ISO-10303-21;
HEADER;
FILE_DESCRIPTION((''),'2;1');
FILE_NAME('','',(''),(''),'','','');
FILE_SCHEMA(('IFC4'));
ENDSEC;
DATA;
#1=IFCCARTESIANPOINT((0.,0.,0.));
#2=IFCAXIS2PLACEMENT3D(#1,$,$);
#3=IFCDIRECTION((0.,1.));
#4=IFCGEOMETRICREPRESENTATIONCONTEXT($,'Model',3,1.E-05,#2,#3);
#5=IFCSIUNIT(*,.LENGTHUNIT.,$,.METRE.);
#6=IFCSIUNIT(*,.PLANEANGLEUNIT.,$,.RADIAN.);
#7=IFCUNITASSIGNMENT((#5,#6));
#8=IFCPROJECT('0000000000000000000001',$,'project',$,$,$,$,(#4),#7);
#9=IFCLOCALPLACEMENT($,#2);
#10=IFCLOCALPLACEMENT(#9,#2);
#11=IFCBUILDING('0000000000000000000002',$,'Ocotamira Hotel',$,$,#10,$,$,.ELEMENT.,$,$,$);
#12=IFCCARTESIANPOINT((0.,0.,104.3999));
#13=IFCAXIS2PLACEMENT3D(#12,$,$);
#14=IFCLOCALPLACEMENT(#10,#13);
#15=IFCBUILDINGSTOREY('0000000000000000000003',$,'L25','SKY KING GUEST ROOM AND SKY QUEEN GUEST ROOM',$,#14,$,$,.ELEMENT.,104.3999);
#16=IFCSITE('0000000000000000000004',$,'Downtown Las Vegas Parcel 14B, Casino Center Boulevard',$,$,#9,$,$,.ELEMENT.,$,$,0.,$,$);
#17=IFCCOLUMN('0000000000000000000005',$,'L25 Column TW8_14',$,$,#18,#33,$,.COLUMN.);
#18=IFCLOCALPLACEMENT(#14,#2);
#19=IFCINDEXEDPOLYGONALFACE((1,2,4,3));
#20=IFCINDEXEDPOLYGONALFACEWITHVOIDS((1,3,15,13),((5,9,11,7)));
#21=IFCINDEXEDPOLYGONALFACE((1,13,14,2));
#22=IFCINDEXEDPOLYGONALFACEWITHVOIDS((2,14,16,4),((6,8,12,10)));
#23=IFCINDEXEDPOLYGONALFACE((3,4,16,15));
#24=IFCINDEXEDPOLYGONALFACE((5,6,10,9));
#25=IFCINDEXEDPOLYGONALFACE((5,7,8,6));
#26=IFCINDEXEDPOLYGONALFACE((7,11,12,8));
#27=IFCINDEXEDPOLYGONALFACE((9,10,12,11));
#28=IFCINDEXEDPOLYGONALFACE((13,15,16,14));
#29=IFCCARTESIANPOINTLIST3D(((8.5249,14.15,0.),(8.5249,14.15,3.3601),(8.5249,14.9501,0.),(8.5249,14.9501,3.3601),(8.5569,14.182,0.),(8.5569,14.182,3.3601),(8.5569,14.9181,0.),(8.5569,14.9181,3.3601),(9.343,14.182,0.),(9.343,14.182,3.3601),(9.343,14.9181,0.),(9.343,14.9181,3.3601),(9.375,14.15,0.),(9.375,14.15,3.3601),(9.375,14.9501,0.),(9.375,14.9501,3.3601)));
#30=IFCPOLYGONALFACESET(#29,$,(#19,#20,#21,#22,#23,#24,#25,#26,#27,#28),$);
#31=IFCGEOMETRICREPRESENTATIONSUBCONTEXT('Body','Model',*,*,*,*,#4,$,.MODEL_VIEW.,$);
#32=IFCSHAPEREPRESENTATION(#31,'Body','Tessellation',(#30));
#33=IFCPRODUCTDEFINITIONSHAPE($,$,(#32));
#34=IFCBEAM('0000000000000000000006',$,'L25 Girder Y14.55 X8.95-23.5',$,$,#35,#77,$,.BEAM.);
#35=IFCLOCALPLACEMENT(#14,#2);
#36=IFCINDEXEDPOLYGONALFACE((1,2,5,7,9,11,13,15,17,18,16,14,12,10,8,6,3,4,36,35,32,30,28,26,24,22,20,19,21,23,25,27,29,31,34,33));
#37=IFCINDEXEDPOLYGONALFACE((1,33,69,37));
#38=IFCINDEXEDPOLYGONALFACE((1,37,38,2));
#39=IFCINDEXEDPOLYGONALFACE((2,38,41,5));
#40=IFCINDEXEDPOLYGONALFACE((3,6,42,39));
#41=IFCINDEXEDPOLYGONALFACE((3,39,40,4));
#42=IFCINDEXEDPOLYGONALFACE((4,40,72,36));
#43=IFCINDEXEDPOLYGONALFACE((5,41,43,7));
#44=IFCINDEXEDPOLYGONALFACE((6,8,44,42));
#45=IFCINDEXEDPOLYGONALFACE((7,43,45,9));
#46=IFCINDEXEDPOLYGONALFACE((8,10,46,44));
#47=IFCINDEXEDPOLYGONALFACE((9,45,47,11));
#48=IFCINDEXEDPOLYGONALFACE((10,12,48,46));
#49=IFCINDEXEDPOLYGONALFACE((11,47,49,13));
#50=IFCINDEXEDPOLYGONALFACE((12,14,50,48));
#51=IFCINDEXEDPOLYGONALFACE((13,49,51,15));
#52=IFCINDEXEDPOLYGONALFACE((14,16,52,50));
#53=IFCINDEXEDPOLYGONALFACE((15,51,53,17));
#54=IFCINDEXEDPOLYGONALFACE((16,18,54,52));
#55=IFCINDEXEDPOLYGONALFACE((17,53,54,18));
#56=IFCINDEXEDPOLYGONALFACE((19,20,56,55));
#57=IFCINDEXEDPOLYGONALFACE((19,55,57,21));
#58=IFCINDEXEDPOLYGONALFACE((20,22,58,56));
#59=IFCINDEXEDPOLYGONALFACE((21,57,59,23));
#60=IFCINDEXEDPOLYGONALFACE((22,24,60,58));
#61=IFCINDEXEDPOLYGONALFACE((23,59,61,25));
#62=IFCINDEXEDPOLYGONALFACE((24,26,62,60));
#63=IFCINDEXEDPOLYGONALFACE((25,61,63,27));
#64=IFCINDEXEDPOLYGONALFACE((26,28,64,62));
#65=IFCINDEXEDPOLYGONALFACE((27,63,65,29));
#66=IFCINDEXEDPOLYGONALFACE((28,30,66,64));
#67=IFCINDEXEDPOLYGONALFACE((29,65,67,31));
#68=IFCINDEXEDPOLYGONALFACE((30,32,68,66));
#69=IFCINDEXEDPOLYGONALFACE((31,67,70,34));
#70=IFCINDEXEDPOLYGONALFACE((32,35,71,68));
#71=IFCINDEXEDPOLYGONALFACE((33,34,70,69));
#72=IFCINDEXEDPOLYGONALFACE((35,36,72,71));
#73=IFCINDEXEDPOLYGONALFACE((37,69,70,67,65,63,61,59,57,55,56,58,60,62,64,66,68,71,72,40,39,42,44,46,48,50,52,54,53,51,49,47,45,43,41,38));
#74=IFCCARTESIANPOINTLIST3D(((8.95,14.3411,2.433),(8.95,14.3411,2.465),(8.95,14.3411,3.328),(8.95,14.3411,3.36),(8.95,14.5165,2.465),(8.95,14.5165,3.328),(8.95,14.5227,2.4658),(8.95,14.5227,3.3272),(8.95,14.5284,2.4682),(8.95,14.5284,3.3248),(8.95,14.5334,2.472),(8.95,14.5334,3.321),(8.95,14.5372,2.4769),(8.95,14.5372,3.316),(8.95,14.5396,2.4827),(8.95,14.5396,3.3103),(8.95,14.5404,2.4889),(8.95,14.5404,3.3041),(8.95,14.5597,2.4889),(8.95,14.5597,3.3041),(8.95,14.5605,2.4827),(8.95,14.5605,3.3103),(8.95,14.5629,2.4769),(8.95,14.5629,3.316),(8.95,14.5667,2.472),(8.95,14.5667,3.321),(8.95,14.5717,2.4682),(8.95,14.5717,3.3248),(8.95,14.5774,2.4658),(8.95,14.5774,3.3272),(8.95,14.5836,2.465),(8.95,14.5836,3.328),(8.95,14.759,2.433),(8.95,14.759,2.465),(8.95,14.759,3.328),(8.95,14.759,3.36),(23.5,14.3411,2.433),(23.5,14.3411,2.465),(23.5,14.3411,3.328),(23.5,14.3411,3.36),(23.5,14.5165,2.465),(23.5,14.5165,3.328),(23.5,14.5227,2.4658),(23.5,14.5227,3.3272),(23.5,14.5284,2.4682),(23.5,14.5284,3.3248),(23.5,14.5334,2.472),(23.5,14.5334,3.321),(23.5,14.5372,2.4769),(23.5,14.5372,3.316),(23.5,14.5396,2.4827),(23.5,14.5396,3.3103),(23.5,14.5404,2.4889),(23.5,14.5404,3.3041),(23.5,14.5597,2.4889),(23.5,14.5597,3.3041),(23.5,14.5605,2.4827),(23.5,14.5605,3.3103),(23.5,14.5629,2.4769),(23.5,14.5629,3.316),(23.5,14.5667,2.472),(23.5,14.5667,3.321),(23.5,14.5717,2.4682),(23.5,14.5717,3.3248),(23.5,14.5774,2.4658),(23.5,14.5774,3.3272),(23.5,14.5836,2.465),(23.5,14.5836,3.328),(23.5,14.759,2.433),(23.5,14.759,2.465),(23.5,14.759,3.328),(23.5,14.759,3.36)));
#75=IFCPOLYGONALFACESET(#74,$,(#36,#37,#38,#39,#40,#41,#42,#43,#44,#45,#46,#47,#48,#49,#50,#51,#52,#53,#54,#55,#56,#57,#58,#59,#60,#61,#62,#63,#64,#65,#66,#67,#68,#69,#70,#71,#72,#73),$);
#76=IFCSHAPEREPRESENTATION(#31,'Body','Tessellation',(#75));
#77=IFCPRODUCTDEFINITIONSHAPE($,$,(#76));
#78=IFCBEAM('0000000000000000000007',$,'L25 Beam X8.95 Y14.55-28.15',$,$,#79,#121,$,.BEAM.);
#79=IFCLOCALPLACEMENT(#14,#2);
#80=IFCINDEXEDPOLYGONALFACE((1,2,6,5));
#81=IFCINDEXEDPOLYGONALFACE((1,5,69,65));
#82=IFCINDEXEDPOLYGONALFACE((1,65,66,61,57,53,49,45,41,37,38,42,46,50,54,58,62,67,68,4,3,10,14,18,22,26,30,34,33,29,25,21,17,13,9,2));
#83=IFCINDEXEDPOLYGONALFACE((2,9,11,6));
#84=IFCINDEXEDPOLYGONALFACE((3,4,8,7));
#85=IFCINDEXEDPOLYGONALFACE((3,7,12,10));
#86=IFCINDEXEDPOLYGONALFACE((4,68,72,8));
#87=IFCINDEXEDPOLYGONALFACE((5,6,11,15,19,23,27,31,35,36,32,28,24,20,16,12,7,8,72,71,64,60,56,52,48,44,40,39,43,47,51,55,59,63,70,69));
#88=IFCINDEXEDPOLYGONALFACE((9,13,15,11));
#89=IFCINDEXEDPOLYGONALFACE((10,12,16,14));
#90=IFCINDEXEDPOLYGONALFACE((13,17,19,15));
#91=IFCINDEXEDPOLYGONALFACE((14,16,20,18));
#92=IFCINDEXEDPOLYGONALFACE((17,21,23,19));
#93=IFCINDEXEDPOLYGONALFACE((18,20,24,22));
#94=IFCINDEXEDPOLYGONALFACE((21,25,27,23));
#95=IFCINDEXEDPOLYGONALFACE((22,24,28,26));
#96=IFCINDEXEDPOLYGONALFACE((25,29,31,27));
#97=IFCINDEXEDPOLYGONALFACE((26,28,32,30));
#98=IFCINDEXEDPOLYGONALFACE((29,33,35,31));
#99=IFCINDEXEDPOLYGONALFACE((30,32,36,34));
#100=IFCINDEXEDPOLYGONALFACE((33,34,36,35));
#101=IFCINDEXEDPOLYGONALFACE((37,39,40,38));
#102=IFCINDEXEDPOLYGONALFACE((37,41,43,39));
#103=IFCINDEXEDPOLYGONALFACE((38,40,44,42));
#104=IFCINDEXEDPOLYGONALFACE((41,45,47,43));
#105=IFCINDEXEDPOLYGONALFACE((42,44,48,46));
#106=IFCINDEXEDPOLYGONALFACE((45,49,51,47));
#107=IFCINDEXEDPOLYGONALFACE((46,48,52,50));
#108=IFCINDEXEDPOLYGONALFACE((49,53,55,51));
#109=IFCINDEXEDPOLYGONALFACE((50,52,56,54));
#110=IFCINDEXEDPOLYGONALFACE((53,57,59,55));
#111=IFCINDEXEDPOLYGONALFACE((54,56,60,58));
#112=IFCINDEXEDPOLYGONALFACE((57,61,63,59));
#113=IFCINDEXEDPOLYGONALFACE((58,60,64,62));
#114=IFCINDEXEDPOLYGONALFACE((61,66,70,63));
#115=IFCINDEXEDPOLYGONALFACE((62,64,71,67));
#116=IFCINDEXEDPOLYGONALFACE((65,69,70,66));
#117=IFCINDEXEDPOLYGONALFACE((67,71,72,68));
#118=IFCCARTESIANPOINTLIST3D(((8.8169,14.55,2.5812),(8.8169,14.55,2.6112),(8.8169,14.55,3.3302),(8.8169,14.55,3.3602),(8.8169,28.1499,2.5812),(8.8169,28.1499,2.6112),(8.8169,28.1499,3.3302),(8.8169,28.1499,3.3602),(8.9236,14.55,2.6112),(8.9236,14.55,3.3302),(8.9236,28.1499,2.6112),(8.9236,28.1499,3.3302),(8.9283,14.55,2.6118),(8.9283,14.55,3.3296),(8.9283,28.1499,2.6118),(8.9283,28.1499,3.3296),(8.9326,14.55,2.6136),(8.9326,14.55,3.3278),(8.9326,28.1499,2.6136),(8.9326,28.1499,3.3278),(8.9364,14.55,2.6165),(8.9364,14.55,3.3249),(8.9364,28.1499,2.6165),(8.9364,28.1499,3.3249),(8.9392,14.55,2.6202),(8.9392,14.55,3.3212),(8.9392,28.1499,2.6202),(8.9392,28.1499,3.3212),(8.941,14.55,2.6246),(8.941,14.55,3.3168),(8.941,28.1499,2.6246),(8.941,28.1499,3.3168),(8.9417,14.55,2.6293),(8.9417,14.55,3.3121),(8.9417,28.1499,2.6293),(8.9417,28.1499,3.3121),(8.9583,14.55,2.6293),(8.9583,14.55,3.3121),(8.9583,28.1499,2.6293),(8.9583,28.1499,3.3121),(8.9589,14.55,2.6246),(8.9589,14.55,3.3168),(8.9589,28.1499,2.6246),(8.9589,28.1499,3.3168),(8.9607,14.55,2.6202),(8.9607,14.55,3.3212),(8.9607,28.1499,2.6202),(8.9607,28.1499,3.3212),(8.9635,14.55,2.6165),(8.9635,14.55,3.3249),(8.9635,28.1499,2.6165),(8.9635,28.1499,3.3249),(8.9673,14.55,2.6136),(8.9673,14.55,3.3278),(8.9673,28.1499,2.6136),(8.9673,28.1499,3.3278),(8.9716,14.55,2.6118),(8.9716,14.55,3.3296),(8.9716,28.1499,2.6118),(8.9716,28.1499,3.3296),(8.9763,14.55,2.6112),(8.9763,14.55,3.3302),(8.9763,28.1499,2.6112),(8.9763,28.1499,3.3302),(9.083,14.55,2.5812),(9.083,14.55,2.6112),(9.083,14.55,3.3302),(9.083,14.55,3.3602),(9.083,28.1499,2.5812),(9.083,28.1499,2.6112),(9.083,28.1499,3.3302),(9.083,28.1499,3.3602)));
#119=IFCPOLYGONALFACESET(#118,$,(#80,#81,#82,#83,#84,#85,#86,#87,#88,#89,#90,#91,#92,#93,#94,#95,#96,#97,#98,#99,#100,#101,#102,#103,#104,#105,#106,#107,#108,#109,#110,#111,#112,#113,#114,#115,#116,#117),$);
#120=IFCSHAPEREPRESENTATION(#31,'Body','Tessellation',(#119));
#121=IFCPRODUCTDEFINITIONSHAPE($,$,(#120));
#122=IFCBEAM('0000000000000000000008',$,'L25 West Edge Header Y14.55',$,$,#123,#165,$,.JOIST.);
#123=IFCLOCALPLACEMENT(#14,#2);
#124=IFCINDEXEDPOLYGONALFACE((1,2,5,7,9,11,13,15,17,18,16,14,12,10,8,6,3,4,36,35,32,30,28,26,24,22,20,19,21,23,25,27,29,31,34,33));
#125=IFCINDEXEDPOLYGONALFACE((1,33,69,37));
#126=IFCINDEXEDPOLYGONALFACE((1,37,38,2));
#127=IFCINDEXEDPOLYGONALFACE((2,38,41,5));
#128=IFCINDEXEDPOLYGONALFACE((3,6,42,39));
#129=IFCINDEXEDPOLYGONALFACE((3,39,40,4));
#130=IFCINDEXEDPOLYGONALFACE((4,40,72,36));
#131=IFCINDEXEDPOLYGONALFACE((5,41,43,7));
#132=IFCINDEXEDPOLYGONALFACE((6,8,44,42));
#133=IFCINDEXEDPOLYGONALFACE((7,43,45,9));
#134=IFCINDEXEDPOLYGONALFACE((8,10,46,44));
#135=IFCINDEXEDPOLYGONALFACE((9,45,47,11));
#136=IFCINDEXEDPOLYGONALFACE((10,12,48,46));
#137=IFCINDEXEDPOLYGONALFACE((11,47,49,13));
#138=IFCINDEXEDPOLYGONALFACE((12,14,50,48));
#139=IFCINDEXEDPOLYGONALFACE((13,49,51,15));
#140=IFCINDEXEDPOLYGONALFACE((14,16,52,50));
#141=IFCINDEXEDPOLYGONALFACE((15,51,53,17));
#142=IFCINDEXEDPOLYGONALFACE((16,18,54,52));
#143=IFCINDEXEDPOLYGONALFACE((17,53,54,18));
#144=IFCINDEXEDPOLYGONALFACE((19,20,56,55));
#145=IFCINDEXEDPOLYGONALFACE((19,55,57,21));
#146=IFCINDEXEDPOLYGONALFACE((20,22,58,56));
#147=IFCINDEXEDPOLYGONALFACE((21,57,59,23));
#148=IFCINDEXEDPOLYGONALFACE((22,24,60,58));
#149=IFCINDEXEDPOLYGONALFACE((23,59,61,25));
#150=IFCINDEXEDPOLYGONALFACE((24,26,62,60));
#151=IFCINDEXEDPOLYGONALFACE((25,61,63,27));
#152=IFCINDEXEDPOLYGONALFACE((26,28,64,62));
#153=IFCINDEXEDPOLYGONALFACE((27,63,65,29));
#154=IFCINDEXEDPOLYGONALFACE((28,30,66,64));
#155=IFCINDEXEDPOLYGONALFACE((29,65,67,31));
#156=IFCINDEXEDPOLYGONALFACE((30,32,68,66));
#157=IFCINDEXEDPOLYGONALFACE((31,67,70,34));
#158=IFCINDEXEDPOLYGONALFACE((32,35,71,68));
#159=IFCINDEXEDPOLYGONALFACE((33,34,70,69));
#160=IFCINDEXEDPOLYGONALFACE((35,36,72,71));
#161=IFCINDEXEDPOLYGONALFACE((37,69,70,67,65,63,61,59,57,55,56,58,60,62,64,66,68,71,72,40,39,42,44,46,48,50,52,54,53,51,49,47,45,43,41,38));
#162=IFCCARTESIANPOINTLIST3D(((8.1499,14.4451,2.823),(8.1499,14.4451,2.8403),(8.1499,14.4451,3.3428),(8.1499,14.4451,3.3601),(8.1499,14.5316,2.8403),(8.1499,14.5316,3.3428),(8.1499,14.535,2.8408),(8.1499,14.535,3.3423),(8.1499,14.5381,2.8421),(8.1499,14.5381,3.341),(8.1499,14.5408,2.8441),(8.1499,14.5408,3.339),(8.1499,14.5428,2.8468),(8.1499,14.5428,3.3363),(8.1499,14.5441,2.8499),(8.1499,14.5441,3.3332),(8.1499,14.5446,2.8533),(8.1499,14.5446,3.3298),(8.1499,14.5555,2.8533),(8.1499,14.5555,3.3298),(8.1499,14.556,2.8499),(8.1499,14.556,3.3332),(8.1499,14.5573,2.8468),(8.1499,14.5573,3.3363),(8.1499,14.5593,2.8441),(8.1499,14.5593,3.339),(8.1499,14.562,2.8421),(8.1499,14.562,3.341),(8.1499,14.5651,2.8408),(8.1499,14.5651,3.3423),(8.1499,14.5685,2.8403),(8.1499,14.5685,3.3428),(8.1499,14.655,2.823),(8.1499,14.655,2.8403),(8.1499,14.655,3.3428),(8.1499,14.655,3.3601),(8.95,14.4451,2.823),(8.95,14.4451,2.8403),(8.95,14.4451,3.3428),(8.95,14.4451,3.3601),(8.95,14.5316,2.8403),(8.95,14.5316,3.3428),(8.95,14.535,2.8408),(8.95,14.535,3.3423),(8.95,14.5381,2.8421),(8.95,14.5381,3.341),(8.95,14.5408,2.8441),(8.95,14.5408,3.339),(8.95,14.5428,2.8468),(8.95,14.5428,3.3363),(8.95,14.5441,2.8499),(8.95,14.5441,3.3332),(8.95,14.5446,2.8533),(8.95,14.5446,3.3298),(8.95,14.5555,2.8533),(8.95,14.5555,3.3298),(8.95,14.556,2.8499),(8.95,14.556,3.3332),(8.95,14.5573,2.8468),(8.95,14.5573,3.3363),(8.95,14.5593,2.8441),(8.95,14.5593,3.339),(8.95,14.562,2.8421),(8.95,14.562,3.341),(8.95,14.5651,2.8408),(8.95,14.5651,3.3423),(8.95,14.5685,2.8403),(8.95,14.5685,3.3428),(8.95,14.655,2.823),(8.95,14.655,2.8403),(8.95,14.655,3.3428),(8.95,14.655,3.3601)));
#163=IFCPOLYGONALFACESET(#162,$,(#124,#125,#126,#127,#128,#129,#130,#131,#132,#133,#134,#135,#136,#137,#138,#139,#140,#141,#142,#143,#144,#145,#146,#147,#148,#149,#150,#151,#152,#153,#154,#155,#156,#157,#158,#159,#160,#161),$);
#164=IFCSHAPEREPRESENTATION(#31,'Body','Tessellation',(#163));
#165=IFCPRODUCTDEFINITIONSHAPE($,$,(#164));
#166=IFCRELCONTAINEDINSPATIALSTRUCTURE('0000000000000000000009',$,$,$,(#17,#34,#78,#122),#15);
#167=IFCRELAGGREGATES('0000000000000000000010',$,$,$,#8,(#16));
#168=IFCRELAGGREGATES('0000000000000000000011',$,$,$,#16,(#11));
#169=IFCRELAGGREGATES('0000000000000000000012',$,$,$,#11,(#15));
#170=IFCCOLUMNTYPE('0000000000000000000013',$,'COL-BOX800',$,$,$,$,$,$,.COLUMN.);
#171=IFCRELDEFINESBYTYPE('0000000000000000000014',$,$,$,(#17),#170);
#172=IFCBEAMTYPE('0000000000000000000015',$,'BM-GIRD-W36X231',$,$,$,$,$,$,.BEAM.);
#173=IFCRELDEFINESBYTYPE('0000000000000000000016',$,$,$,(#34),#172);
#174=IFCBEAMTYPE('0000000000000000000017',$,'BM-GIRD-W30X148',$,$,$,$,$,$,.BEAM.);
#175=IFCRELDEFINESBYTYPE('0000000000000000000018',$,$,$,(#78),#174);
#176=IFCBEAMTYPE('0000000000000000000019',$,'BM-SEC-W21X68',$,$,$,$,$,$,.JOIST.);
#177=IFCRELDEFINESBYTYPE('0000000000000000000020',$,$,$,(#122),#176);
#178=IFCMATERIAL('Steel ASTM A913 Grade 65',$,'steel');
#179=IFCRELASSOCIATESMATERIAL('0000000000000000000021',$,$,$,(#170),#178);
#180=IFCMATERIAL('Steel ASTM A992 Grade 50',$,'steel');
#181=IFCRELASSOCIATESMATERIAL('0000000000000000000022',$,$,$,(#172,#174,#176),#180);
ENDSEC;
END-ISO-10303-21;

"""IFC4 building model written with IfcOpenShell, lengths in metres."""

from ifc_helpers import new_model, si_unit, direction, frame, origin, origin_2d, place, context, subcontext, project, spatial, hollow_rectangle, i_section, extrude, source, transform, mapped, material, material_profile, profile_set, type_object, element, save


model = new_model("IFC4")

# Units and contexts
model_context = context("Model", 3, precision=1e-05, world=origin(), true_north=direction((0.0, 1.0)))
body_context = subcontext(model_context, "Body", "Model", "MODEL_VIEW")
ifc_project = project(units=[si_unit("LENGTHUNIT", "METRE"), si_unit("PLANEANGLEUNIT", "RADIAN")], contexts=[model_context])

# Site, building, storey
site_placement = place(None, origin())
site = spatial("IfcSite", under=ifc_project, at=site_placement, Name="Downtown Las Vegas Parcel 14B, Casino Center Boulevard", CompositionType="ELEMENT", RefElevation=0.0)
building_placement = place(site_placement, origin())
building = spatial("IfcBuilding", under=site, at=building_placement, Name="Ocotamira Hotel", CompositionType="ELEMENT")
storey_placement = place(building_placement, frame((0.0, 0.0, 104.3999)))
storey = spatial("IfcBuildingStorey", under=building, at=storey_placement, Name="L25", Description="SKY KING GUEST ROOM AND SKY QUEEN GUEST ROOM", CompositionType="ELEMENT", Elevation=104.3999)

# Column
ifc_material_1 = material(Name="Steel ASTM A913 Grade 65", Category="steel")
ifc_material_profile_1 = material_profile(ifc_material_1, hollow_rectangle(XDim=0.8501, YDim=0.8, WallThickness=0.032, at=origin_2d()), Name="BOX800X850X32")
ifc_profile_set_1 = profile_set([ifc_material_profile_1], Name="Steel ASTM A913 Grade 65")
column_type = type_object("IfcColumnType", Name="COL-BOX800", PredefinedType="COLUMN", material=ifc_profile_set_1)
shared_shape_1 = source(origin(), body_context, "Body", "SweptSolid", [
    extrude(hollow_rectangle(XDim=0.8501, YDim=0.8, WallThickness=0.032, at=origin_2d()), origin(), (0.0, 0.0, 1.0), 3.3601),
])
column_placement = place(storey_placement, frame((8.95, 14.55, 0.0), z_axis=(0.0, 0.0, 1.0), x_axis=(1.0, 0.0, 0.0)))
element("IfcColumn", 1, at=column_placement, inside=storey, type_object=column_type, Name="L25 Column TW8_14", PredefinedType="COLUMN", context=body_context, shape_type="MappedRepresentation", body=[
    mapped(shared_shape_1, transform((0.0, 0.0, 0.0), scale=1.0)),
])

# Beams
ifc_material_2 = material(Name="Steel ASTM A992 Grade 50", Category="steel")
ifc_material_profile_2 = material_profile(ifc_material_2, i_section(OverallWidth=0.418, OverallDepth=0.927, WebThickness=0.0193, FlangeThickness=0.032, FilletRadius=0.0239, at=origin_2d()), Name="W36X231")
ifc_profile_set_2 = profile_set([ifc_material_profile_2], Name="Steel ASTM A992 Grade 50")
beam_type_1 = type_object("IfcBeamType", Name="BM-GIRD-W36X231", PredefinedType="BEAM", material=ifc_profile_set_2)
shared_shape_2 = source(origin(), body_context, "Body", "SweptSolid", [
    extrude(i_section(OverallWidth=0.418, OverallDepth=0.927, WebThickness=0.0193, FlangeThickness=0.032, FilletRadius=0.0239, at=origin_2d()), origin(), (0.0, 0.0, 1.0), 14.55),
])
beam_1_placement = place(storey_placement, frame((8.95, 14.55, 2.8965), z_axis=(1.0, 0.0, 0.0), x_axis=(0.0, 1.0, 0.0)))
element("IfcBeam", 2, at=beam_1_placement, inside=storey, type_object=beam_type_1, Name="L25 Girder Y14.55 X8.95-23.5", PredefinedType="BEAM", context=body_context, shape_type="MappedRepresentation", body=[
    mapped(shared_shape_2, transform((0.0, 0.0, 0.0), scale=1.0)),
])
ifc_material_profile_3 = material_profile(ifc_material_2, i_section(OverallWidth=0.2661, OverallDepth=0.7791, WebThickness=0.0166, FlangeThickness=0.03, FilletRadius=0.0181, at=origin_2d()), Name="W30X148")
ifc_profile_set_3 = profile_set([ifc_material_profile_3], Name="Steel ASTM A992 Grade 50")
beam_type_2 = type_object("IfcBeamType", Name="BM-GIRD-W30X148", PredefinedType="BEAM", material=ifc_profile_set_3)
shared_shape_3 = source(origin(), body_context, "Body", "SweptSolid", [
    extrude(i_section(OverallWidth=0.2661, OverallDepth=0.7791, WebThickness=0.0166, FlangeThickness=0.03, FilletRadius=0.0181, at=origin_2d()), origin(), (0.0, 0.0, 1.0), 13.5999),
])
beam_2_placement = place(storey_placement, frame((8.95, 14.55, 2.9707), z_axis=(0.0, 1.0, 0.0), x_axis=(-1.0, 0.0, 0.0)))
element("IfcBeam", 3, at=beam_2_placement, inside=storey, type_object=beam_type_2, Name="L25 Beam X8.95 Y14.55-28.15", PredefinedType="BEAM", context=body_context, shape_type="MappedRepresentation", body=[
    mapped(shared_shape_3, transform((0.0, 0.0, 0.0), scale=1.0)),
])
ifc_material_profile_4 = material_profile(ifc_material_2, i_section(OverallWidth=0.21, OverallDepth=0.5371, WebThickness=0.011, FlangeThickness=0.0173, FilletRadius=0.0129, at=origin_2d()), Name="W21X68")
ifc_profile_set_4 = profile_set([ifc_material_profile_4], Name="Steel ASTM A992 Grade 50")
beam_type_3 = type_object("IfcBeamType", Name="BM-SEC-W21X68", PredefinedType="JOIST", material=ifc_profile_set_4)
shared_shape_4 = source(origin(), body_context, "Body", "SweptSolid", [
    extrude(i_section(OverallWidth=0.21, OverallDepth=0.5371, WebThickness=0.011, FlangeThickness=0.0173, FilletRadius=0.0129, at=origin_2d()), origin(), (0.0, 0.0, 1.0), 0.8),
])
beam_3_placement = place(storey_placement, frame((8.95, 14.55, 3.0916), z_axis=(-1.0, 0.0, 0.0), x_axis=(0.0, -1.0, 0.0)))
element("IfcBeam", 4, at=beam_3_placement, inside=storey, type_object=beam_type_3, Name="L25 West Edge Header Y14.55", PredefinedType="JOIST", context=body_context, shape_type="MappedRepresentation", body=[
    mapped(shared_shape_4, transform((0.0, 0.0, 0.0), scale=1.0)),
])

save(model, "model.ifc")
